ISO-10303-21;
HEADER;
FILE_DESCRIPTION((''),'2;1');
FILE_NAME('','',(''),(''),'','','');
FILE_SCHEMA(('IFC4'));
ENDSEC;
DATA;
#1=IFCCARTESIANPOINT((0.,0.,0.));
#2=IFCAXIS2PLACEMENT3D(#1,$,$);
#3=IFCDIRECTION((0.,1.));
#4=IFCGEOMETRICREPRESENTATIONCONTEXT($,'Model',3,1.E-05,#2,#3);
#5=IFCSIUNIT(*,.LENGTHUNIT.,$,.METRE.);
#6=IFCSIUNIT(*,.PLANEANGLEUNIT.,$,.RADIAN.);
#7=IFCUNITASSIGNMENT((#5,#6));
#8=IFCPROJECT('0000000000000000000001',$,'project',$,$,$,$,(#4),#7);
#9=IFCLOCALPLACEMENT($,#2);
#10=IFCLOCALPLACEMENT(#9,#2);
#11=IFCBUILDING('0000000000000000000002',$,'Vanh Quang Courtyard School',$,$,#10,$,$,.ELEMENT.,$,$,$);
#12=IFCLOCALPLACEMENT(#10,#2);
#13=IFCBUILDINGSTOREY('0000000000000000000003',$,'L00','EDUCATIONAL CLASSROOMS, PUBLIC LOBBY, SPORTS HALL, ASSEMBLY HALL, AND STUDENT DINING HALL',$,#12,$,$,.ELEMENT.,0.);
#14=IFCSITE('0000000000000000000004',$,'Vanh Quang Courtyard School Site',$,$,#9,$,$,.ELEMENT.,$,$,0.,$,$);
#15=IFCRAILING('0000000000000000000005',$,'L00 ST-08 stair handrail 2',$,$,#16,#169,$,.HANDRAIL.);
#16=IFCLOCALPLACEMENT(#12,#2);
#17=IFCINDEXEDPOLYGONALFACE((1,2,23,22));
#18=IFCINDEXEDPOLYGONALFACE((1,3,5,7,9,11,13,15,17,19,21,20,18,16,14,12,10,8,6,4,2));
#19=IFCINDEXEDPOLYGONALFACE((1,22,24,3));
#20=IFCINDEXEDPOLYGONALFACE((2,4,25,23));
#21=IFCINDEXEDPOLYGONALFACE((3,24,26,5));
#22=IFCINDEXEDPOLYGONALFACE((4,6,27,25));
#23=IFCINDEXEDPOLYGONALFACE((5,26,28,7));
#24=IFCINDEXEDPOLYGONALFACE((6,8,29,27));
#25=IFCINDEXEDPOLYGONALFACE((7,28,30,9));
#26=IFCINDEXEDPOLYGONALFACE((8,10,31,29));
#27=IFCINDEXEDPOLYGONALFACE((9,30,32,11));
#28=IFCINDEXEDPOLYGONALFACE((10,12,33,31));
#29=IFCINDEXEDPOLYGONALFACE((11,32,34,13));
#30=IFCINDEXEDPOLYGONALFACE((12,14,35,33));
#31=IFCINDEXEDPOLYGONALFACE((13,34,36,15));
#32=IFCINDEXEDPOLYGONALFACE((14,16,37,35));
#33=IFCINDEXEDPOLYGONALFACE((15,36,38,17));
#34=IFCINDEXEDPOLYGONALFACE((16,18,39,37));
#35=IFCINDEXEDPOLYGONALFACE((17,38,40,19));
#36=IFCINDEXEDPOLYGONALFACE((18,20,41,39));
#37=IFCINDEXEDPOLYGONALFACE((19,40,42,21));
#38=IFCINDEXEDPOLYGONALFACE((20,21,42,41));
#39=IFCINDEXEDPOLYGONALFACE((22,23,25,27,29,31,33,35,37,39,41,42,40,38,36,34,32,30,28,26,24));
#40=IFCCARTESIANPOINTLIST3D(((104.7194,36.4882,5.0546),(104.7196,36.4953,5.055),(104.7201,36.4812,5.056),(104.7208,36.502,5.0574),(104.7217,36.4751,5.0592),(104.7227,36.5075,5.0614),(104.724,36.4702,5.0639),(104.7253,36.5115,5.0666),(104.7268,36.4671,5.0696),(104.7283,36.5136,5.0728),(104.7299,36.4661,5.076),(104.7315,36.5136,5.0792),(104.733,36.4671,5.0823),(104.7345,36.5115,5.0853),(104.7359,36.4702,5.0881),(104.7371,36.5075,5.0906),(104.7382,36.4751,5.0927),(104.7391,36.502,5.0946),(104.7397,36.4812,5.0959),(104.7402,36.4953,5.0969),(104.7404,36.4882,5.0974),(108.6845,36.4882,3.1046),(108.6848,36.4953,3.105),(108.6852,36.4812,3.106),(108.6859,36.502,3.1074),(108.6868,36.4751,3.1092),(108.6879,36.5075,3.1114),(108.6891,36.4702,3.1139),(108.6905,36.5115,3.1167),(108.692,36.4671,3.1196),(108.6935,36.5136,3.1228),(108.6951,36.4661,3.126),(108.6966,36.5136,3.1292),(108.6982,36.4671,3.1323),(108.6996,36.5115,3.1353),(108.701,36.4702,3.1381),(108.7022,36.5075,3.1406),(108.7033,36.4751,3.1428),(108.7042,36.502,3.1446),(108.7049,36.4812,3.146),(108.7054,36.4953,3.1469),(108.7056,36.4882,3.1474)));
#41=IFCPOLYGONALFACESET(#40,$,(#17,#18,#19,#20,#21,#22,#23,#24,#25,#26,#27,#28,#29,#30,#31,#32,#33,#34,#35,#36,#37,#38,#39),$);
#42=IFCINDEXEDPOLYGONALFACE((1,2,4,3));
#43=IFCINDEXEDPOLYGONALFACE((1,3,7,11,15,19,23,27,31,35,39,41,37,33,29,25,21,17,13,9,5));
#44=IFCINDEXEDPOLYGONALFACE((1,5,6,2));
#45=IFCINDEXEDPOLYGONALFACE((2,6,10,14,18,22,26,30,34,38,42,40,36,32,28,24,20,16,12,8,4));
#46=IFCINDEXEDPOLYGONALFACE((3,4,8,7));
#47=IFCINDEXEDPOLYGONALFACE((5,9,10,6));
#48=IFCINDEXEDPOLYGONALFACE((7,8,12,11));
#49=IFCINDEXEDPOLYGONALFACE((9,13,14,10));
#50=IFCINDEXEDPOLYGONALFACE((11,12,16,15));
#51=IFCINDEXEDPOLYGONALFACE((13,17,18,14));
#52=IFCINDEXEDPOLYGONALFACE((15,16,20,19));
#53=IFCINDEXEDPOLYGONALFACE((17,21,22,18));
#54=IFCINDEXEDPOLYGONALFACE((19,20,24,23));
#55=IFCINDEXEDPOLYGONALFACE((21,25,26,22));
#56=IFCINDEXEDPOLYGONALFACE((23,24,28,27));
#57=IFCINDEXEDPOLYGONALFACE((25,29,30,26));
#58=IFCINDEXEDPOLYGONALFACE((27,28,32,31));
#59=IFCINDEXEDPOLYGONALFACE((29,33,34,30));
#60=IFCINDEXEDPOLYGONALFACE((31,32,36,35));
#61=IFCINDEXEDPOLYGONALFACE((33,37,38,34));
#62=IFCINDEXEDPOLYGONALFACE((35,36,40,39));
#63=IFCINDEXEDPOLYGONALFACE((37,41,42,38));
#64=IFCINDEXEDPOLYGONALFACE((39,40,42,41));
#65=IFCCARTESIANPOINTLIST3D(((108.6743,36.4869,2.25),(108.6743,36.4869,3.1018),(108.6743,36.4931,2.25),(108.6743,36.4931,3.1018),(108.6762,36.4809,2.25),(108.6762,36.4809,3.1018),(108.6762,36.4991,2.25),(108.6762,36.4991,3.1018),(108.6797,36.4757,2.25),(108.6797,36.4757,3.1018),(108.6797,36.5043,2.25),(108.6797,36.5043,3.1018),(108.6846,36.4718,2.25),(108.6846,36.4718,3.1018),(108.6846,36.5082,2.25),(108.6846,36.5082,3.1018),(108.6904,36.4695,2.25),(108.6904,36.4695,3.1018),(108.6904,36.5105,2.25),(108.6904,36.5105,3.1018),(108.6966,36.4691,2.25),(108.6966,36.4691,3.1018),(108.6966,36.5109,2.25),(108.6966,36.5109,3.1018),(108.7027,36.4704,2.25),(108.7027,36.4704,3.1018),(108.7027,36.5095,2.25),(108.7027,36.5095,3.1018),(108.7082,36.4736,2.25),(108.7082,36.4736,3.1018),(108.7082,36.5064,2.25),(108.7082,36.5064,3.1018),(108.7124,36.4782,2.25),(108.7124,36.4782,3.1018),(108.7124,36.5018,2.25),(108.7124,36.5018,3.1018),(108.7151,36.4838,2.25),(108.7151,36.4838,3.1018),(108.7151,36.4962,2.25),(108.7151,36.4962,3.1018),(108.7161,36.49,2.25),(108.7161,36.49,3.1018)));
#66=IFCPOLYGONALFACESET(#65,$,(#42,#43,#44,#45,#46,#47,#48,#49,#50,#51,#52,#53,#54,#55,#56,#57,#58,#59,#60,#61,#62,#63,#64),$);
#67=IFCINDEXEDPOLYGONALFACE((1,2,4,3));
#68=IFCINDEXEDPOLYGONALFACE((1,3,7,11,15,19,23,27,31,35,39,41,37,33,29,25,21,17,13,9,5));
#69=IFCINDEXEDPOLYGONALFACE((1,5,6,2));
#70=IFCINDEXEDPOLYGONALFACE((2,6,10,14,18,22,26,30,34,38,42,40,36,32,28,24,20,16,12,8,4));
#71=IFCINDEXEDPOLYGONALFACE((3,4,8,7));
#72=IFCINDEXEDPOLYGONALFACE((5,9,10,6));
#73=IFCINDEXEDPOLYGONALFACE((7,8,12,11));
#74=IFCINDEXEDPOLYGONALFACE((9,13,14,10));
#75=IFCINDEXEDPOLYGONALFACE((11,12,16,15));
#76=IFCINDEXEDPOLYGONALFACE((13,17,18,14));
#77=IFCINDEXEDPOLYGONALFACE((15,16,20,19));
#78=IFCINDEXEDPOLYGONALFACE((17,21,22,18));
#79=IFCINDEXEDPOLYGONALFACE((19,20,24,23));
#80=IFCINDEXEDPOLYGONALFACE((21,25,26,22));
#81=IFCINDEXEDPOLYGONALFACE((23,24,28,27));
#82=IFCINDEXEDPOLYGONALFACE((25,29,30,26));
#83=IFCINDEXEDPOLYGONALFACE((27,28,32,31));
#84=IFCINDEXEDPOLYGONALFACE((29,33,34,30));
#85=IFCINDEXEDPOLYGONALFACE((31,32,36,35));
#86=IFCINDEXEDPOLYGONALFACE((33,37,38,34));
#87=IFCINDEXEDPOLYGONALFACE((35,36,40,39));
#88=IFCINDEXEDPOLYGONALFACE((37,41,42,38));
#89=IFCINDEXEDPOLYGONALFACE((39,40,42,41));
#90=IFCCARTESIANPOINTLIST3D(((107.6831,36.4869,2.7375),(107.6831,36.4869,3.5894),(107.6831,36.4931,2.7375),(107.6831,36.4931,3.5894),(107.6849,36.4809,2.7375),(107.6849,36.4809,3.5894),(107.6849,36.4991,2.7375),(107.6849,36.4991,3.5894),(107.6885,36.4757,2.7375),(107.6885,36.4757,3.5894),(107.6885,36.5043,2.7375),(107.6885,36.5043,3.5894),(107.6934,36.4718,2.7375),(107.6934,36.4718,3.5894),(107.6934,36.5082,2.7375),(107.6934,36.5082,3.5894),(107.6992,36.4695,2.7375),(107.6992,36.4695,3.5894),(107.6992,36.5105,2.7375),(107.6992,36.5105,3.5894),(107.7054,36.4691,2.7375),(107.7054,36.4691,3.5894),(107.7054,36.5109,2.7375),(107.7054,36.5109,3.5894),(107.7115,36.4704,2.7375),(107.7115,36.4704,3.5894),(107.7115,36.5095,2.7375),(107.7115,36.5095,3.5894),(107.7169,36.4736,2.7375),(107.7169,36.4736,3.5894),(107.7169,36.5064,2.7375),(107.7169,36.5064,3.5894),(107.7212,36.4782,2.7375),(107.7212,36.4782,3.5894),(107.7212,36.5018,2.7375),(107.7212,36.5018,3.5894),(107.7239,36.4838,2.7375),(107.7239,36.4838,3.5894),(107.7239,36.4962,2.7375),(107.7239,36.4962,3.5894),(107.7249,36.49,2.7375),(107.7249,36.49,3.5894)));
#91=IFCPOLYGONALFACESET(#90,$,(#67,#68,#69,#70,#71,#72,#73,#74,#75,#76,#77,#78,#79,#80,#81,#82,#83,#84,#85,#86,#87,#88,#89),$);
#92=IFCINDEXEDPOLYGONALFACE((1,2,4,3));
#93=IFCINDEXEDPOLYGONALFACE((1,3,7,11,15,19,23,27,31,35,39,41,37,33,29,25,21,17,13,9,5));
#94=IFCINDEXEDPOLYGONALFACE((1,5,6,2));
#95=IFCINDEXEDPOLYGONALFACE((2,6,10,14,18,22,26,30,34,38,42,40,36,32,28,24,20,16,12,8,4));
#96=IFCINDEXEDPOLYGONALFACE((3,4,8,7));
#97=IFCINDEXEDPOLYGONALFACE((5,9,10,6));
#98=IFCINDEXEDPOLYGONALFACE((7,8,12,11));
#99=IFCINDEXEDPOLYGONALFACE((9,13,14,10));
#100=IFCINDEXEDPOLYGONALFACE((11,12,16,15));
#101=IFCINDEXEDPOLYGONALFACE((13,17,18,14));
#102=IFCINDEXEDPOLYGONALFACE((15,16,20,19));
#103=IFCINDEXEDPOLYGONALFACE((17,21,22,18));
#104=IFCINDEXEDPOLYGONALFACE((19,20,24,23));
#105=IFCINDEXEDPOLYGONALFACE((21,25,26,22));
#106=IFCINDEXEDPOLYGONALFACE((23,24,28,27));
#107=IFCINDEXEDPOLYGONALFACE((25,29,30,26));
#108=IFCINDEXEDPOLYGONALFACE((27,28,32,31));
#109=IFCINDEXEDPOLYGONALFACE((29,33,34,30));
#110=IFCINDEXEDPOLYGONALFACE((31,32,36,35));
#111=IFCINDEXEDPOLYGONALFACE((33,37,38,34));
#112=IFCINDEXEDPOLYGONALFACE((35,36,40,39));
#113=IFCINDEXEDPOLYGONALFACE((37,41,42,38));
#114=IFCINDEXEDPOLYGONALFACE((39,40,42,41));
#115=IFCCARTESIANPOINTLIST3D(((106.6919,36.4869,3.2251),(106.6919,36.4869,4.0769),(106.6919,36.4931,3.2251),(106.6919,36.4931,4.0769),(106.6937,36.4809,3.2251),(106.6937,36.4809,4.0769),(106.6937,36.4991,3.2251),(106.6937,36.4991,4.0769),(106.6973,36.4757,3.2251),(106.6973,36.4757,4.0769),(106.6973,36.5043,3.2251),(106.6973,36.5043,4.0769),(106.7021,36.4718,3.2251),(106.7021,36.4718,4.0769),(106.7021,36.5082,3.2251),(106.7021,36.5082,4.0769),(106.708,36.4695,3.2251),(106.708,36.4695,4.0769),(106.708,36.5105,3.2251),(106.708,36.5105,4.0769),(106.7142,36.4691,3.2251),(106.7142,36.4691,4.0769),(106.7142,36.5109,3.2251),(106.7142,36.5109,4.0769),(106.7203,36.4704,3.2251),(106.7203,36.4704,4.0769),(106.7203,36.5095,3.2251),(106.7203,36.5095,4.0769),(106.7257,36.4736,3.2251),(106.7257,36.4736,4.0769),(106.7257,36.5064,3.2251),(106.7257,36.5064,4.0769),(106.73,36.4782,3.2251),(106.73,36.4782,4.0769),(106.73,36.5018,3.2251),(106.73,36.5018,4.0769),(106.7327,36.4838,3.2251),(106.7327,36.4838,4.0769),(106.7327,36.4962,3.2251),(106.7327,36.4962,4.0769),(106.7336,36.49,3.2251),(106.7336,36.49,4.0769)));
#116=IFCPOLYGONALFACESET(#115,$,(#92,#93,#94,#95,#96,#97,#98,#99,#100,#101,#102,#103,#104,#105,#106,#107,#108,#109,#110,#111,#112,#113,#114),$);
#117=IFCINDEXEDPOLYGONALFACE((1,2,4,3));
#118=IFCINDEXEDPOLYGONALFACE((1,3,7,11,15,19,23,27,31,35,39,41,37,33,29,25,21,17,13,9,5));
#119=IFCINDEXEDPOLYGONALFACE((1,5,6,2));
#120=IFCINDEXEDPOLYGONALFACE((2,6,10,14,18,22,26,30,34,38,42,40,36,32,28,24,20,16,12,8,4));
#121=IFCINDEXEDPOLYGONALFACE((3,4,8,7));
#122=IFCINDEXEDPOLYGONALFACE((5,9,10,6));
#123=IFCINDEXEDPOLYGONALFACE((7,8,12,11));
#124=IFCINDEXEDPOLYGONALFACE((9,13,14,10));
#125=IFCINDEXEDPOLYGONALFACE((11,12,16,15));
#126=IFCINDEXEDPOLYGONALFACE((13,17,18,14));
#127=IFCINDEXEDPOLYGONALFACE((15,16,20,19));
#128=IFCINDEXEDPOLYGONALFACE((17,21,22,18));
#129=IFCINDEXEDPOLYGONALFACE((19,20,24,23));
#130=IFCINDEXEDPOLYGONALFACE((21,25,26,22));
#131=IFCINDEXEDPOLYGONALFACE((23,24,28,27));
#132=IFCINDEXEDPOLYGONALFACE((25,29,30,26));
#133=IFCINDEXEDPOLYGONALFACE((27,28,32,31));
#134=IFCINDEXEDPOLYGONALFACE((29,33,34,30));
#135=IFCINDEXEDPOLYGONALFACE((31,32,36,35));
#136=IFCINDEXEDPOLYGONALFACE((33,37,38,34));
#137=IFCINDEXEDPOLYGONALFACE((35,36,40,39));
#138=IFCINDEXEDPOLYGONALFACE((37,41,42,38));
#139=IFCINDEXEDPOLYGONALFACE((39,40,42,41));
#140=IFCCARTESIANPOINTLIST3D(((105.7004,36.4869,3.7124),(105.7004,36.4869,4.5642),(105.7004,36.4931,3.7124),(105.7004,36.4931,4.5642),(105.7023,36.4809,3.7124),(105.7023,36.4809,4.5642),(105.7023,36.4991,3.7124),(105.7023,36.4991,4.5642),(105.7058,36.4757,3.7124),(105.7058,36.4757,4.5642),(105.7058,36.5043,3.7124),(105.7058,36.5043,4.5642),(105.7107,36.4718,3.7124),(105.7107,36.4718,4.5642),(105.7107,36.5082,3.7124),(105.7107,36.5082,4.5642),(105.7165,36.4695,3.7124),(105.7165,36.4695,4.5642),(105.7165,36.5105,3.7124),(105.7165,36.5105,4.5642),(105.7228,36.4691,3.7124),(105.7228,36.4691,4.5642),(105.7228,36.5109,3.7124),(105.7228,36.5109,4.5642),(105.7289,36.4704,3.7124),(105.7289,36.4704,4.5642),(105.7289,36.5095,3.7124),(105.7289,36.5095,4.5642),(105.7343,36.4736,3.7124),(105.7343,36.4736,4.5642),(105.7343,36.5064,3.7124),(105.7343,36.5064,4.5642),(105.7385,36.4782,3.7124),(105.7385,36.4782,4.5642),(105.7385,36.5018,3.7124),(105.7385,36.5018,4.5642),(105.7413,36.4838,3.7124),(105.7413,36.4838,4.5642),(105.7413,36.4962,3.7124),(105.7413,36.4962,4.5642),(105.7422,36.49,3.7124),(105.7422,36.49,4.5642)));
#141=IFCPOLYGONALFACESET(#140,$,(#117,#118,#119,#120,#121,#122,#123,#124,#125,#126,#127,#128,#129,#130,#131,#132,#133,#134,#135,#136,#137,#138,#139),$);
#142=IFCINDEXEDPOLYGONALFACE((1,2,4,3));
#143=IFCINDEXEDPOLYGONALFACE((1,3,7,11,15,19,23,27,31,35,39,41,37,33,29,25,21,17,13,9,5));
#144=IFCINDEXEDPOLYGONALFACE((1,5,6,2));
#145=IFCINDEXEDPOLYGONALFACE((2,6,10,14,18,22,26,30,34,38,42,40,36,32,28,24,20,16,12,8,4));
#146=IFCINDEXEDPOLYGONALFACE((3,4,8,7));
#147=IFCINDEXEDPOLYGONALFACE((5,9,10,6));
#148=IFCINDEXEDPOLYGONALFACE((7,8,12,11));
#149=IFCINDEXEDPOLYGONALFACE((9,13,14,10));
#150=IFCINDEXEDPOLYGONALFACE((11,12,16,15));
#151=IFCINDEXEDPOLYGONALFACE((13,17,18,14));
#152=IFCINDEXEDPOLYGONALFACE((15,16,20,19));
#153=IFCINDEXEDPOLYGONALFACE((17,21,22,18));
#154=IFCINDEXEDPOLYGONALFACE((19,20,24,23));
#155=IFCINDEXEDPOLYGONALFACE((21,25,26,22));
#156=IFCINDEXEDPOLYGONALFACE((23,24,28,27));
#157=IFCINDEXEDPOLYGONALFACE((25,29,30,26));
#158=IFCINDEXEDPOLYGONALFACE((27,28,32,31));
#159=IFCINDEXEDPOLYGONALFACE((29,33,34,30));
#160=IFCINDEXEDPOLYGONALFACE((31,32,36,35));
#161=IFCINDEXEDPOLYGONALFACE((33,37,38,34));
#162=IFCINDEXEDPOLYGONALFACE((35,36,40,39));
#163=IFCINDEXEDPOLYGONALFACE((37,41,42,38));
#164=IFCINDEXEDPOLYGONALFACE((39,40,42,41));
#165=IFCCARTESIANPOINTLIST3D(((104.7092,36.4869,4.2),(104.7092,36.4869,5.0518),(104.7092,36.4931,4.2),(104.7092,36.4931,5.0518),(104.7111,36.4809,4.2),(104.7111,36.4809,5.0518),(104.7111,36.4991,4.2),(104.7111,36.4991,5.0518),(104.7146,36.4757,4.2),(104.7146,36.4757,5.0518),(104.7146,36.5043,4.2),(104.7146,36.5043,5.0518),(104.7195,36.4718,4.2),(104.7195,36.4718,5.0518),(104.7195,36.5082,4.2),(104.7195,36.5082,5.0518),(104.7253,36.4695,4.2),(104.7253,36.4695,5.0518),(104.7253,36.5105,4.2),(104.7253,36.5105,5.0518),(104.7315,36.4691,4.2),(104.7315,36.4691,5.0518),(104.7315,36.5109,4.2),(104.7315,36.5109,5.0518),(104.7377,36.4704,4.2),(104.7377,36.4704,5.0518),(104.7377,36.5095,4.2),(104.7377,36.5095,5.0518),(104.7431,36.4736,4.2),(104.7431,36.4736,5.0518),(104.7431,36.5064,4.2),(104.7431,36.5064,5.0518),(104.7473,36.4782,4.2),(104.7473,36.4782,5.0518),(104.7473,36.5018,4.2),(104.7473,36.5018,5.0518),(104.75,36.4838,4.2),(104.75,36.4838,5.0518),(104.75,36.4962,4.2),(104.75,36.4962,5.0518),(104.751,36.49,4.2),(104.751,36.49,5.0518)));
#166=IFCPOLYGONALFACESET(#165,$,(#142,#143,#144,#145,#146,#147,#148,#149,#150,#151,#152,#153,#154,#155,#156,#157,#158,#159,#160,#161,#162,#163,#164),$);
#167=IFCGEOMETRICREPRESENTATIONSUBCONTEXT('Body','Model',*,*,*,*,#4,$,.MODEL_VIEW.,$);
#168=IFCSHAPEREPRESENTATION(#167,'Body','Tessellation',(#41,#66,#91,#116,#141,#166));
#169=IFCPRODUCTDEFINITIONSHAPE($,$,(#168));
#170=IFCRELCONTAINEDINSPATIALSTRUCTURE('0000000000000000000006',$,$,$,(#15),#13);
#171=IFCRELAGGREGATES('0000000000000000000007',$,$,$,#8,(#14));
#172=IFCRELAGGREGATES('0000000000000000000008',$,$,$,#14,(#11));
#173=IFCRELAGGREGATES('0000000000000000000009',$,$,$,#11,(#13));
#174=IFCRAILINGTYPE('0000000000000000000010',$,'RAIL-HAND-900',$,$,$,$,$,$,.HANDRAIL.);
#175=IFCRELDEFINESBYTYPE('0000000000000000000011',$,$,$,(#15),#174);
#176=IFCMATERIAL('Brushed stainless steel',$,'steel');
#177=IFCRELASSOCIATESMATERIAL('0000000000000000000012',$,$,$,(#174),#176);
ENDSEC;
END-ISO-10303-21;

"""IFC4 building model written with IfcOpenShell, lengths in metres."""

from ifc_helpers import new_model, si_unit, direction, frame, origin, origin_2d, place, context, subcontext, project, spatial, circle, extrude, material, type_object, element, save


model = new_model("IFC4")

# Units and contexts
model_context = context("Model", 3, precision=1e-05, world=origin(), true_north=direction((0.0, 1.0)))
body_context = subcontext(model_context, "Body", "Model", "MODEL_VIEW")
ifc_project = project(units=[si_unit("LENGTHUNIT", "METRE"), si_unit("PLANEANGLEUNIT", "RADIAN")], contexts=[model_context])

# Site, building, storey
site_placement = place(None, origin())
site = spatial("IfcSite", under=ifc_project, at=site_placement, Name="Vanh Quang Courtyard School Site", CompositionType="ELEMENT", RefElevation=0.0)
building_placement = place(site_placement, origin())
building = spatial("IfcBuilding", under=site, at=building_placement, Name="Vanh Quang Courtyard School", CompositionType="ELEMENT")
storey_placement = place(building_placement, origin())
storey = spatial("IfcBuildingStorey", under=building, at=storey_placement, Name="L00", Description="EDUCATIONAL CLASSROOMS, PUBLIC LOBBY, SPORTS HALL, ASSEMBLY HALL, AND STUDENT DINING HALL", CompositionType="ELEMENT", Elevation=0.0)

# Railing
ifc_material_1 = material(Name="Brushed stainless steel", Category="steel")
railing_type = type_object("IfcRailingType", Name="RAIL-HAND-900", PredefinedType="HANDRAIL", material=ifc_material_1)
railing_placement = place(storey_placement, frame((108.6951, 36.49, 2.25)))
element("IfcRailing", 1, at=railing_placement, inside=storey, type_object=railing_type, Name="L00 ST-08 stair handrail 2", PredefinedType="HANDRAIL", context=body_context, shape_type="SweptSolid", body=[
    extrude(circle(Radius=0.0239, at=origin_2d()), frame((0.0, 0.0, 0.876), z_axis=(-0.897358, 0.0, 0.441303), x_axis=(0.0, -1.0, 0.0)), (0.0, 0.0, 1.0), 4.4187),
    extrude(circle(Radius=0.021, at=origin_2d()), origin(), (0.0, 0.0, 1.0), 0.8518),
    extrude(circle(Radius=0.021, at=origin_2d()), frame((-0.9912, 0.0, 0.4875)), (0.0, 0.0, 1.0), 0.8518),
    extrude(circle(Radius=0.021, at=origin_2d()), frame((-1.9824, 0.0, 0.9751)), (0.0, 0.0, 1.0), 0.8518),
    extrude(circle(Radius=0.021, at=origin_2d()), frame((-2.9739, 0.0, 1.4624)), (0.0, 0.0, 1.0), 0.8518),
    extrude(circle(Radius=0.021, at=origin_2d()), frame((-3.9651, 0.0, 1.95)), (0.0, 0.0, 1.0), 0.8518),
])

save(model, "model.ifc")
